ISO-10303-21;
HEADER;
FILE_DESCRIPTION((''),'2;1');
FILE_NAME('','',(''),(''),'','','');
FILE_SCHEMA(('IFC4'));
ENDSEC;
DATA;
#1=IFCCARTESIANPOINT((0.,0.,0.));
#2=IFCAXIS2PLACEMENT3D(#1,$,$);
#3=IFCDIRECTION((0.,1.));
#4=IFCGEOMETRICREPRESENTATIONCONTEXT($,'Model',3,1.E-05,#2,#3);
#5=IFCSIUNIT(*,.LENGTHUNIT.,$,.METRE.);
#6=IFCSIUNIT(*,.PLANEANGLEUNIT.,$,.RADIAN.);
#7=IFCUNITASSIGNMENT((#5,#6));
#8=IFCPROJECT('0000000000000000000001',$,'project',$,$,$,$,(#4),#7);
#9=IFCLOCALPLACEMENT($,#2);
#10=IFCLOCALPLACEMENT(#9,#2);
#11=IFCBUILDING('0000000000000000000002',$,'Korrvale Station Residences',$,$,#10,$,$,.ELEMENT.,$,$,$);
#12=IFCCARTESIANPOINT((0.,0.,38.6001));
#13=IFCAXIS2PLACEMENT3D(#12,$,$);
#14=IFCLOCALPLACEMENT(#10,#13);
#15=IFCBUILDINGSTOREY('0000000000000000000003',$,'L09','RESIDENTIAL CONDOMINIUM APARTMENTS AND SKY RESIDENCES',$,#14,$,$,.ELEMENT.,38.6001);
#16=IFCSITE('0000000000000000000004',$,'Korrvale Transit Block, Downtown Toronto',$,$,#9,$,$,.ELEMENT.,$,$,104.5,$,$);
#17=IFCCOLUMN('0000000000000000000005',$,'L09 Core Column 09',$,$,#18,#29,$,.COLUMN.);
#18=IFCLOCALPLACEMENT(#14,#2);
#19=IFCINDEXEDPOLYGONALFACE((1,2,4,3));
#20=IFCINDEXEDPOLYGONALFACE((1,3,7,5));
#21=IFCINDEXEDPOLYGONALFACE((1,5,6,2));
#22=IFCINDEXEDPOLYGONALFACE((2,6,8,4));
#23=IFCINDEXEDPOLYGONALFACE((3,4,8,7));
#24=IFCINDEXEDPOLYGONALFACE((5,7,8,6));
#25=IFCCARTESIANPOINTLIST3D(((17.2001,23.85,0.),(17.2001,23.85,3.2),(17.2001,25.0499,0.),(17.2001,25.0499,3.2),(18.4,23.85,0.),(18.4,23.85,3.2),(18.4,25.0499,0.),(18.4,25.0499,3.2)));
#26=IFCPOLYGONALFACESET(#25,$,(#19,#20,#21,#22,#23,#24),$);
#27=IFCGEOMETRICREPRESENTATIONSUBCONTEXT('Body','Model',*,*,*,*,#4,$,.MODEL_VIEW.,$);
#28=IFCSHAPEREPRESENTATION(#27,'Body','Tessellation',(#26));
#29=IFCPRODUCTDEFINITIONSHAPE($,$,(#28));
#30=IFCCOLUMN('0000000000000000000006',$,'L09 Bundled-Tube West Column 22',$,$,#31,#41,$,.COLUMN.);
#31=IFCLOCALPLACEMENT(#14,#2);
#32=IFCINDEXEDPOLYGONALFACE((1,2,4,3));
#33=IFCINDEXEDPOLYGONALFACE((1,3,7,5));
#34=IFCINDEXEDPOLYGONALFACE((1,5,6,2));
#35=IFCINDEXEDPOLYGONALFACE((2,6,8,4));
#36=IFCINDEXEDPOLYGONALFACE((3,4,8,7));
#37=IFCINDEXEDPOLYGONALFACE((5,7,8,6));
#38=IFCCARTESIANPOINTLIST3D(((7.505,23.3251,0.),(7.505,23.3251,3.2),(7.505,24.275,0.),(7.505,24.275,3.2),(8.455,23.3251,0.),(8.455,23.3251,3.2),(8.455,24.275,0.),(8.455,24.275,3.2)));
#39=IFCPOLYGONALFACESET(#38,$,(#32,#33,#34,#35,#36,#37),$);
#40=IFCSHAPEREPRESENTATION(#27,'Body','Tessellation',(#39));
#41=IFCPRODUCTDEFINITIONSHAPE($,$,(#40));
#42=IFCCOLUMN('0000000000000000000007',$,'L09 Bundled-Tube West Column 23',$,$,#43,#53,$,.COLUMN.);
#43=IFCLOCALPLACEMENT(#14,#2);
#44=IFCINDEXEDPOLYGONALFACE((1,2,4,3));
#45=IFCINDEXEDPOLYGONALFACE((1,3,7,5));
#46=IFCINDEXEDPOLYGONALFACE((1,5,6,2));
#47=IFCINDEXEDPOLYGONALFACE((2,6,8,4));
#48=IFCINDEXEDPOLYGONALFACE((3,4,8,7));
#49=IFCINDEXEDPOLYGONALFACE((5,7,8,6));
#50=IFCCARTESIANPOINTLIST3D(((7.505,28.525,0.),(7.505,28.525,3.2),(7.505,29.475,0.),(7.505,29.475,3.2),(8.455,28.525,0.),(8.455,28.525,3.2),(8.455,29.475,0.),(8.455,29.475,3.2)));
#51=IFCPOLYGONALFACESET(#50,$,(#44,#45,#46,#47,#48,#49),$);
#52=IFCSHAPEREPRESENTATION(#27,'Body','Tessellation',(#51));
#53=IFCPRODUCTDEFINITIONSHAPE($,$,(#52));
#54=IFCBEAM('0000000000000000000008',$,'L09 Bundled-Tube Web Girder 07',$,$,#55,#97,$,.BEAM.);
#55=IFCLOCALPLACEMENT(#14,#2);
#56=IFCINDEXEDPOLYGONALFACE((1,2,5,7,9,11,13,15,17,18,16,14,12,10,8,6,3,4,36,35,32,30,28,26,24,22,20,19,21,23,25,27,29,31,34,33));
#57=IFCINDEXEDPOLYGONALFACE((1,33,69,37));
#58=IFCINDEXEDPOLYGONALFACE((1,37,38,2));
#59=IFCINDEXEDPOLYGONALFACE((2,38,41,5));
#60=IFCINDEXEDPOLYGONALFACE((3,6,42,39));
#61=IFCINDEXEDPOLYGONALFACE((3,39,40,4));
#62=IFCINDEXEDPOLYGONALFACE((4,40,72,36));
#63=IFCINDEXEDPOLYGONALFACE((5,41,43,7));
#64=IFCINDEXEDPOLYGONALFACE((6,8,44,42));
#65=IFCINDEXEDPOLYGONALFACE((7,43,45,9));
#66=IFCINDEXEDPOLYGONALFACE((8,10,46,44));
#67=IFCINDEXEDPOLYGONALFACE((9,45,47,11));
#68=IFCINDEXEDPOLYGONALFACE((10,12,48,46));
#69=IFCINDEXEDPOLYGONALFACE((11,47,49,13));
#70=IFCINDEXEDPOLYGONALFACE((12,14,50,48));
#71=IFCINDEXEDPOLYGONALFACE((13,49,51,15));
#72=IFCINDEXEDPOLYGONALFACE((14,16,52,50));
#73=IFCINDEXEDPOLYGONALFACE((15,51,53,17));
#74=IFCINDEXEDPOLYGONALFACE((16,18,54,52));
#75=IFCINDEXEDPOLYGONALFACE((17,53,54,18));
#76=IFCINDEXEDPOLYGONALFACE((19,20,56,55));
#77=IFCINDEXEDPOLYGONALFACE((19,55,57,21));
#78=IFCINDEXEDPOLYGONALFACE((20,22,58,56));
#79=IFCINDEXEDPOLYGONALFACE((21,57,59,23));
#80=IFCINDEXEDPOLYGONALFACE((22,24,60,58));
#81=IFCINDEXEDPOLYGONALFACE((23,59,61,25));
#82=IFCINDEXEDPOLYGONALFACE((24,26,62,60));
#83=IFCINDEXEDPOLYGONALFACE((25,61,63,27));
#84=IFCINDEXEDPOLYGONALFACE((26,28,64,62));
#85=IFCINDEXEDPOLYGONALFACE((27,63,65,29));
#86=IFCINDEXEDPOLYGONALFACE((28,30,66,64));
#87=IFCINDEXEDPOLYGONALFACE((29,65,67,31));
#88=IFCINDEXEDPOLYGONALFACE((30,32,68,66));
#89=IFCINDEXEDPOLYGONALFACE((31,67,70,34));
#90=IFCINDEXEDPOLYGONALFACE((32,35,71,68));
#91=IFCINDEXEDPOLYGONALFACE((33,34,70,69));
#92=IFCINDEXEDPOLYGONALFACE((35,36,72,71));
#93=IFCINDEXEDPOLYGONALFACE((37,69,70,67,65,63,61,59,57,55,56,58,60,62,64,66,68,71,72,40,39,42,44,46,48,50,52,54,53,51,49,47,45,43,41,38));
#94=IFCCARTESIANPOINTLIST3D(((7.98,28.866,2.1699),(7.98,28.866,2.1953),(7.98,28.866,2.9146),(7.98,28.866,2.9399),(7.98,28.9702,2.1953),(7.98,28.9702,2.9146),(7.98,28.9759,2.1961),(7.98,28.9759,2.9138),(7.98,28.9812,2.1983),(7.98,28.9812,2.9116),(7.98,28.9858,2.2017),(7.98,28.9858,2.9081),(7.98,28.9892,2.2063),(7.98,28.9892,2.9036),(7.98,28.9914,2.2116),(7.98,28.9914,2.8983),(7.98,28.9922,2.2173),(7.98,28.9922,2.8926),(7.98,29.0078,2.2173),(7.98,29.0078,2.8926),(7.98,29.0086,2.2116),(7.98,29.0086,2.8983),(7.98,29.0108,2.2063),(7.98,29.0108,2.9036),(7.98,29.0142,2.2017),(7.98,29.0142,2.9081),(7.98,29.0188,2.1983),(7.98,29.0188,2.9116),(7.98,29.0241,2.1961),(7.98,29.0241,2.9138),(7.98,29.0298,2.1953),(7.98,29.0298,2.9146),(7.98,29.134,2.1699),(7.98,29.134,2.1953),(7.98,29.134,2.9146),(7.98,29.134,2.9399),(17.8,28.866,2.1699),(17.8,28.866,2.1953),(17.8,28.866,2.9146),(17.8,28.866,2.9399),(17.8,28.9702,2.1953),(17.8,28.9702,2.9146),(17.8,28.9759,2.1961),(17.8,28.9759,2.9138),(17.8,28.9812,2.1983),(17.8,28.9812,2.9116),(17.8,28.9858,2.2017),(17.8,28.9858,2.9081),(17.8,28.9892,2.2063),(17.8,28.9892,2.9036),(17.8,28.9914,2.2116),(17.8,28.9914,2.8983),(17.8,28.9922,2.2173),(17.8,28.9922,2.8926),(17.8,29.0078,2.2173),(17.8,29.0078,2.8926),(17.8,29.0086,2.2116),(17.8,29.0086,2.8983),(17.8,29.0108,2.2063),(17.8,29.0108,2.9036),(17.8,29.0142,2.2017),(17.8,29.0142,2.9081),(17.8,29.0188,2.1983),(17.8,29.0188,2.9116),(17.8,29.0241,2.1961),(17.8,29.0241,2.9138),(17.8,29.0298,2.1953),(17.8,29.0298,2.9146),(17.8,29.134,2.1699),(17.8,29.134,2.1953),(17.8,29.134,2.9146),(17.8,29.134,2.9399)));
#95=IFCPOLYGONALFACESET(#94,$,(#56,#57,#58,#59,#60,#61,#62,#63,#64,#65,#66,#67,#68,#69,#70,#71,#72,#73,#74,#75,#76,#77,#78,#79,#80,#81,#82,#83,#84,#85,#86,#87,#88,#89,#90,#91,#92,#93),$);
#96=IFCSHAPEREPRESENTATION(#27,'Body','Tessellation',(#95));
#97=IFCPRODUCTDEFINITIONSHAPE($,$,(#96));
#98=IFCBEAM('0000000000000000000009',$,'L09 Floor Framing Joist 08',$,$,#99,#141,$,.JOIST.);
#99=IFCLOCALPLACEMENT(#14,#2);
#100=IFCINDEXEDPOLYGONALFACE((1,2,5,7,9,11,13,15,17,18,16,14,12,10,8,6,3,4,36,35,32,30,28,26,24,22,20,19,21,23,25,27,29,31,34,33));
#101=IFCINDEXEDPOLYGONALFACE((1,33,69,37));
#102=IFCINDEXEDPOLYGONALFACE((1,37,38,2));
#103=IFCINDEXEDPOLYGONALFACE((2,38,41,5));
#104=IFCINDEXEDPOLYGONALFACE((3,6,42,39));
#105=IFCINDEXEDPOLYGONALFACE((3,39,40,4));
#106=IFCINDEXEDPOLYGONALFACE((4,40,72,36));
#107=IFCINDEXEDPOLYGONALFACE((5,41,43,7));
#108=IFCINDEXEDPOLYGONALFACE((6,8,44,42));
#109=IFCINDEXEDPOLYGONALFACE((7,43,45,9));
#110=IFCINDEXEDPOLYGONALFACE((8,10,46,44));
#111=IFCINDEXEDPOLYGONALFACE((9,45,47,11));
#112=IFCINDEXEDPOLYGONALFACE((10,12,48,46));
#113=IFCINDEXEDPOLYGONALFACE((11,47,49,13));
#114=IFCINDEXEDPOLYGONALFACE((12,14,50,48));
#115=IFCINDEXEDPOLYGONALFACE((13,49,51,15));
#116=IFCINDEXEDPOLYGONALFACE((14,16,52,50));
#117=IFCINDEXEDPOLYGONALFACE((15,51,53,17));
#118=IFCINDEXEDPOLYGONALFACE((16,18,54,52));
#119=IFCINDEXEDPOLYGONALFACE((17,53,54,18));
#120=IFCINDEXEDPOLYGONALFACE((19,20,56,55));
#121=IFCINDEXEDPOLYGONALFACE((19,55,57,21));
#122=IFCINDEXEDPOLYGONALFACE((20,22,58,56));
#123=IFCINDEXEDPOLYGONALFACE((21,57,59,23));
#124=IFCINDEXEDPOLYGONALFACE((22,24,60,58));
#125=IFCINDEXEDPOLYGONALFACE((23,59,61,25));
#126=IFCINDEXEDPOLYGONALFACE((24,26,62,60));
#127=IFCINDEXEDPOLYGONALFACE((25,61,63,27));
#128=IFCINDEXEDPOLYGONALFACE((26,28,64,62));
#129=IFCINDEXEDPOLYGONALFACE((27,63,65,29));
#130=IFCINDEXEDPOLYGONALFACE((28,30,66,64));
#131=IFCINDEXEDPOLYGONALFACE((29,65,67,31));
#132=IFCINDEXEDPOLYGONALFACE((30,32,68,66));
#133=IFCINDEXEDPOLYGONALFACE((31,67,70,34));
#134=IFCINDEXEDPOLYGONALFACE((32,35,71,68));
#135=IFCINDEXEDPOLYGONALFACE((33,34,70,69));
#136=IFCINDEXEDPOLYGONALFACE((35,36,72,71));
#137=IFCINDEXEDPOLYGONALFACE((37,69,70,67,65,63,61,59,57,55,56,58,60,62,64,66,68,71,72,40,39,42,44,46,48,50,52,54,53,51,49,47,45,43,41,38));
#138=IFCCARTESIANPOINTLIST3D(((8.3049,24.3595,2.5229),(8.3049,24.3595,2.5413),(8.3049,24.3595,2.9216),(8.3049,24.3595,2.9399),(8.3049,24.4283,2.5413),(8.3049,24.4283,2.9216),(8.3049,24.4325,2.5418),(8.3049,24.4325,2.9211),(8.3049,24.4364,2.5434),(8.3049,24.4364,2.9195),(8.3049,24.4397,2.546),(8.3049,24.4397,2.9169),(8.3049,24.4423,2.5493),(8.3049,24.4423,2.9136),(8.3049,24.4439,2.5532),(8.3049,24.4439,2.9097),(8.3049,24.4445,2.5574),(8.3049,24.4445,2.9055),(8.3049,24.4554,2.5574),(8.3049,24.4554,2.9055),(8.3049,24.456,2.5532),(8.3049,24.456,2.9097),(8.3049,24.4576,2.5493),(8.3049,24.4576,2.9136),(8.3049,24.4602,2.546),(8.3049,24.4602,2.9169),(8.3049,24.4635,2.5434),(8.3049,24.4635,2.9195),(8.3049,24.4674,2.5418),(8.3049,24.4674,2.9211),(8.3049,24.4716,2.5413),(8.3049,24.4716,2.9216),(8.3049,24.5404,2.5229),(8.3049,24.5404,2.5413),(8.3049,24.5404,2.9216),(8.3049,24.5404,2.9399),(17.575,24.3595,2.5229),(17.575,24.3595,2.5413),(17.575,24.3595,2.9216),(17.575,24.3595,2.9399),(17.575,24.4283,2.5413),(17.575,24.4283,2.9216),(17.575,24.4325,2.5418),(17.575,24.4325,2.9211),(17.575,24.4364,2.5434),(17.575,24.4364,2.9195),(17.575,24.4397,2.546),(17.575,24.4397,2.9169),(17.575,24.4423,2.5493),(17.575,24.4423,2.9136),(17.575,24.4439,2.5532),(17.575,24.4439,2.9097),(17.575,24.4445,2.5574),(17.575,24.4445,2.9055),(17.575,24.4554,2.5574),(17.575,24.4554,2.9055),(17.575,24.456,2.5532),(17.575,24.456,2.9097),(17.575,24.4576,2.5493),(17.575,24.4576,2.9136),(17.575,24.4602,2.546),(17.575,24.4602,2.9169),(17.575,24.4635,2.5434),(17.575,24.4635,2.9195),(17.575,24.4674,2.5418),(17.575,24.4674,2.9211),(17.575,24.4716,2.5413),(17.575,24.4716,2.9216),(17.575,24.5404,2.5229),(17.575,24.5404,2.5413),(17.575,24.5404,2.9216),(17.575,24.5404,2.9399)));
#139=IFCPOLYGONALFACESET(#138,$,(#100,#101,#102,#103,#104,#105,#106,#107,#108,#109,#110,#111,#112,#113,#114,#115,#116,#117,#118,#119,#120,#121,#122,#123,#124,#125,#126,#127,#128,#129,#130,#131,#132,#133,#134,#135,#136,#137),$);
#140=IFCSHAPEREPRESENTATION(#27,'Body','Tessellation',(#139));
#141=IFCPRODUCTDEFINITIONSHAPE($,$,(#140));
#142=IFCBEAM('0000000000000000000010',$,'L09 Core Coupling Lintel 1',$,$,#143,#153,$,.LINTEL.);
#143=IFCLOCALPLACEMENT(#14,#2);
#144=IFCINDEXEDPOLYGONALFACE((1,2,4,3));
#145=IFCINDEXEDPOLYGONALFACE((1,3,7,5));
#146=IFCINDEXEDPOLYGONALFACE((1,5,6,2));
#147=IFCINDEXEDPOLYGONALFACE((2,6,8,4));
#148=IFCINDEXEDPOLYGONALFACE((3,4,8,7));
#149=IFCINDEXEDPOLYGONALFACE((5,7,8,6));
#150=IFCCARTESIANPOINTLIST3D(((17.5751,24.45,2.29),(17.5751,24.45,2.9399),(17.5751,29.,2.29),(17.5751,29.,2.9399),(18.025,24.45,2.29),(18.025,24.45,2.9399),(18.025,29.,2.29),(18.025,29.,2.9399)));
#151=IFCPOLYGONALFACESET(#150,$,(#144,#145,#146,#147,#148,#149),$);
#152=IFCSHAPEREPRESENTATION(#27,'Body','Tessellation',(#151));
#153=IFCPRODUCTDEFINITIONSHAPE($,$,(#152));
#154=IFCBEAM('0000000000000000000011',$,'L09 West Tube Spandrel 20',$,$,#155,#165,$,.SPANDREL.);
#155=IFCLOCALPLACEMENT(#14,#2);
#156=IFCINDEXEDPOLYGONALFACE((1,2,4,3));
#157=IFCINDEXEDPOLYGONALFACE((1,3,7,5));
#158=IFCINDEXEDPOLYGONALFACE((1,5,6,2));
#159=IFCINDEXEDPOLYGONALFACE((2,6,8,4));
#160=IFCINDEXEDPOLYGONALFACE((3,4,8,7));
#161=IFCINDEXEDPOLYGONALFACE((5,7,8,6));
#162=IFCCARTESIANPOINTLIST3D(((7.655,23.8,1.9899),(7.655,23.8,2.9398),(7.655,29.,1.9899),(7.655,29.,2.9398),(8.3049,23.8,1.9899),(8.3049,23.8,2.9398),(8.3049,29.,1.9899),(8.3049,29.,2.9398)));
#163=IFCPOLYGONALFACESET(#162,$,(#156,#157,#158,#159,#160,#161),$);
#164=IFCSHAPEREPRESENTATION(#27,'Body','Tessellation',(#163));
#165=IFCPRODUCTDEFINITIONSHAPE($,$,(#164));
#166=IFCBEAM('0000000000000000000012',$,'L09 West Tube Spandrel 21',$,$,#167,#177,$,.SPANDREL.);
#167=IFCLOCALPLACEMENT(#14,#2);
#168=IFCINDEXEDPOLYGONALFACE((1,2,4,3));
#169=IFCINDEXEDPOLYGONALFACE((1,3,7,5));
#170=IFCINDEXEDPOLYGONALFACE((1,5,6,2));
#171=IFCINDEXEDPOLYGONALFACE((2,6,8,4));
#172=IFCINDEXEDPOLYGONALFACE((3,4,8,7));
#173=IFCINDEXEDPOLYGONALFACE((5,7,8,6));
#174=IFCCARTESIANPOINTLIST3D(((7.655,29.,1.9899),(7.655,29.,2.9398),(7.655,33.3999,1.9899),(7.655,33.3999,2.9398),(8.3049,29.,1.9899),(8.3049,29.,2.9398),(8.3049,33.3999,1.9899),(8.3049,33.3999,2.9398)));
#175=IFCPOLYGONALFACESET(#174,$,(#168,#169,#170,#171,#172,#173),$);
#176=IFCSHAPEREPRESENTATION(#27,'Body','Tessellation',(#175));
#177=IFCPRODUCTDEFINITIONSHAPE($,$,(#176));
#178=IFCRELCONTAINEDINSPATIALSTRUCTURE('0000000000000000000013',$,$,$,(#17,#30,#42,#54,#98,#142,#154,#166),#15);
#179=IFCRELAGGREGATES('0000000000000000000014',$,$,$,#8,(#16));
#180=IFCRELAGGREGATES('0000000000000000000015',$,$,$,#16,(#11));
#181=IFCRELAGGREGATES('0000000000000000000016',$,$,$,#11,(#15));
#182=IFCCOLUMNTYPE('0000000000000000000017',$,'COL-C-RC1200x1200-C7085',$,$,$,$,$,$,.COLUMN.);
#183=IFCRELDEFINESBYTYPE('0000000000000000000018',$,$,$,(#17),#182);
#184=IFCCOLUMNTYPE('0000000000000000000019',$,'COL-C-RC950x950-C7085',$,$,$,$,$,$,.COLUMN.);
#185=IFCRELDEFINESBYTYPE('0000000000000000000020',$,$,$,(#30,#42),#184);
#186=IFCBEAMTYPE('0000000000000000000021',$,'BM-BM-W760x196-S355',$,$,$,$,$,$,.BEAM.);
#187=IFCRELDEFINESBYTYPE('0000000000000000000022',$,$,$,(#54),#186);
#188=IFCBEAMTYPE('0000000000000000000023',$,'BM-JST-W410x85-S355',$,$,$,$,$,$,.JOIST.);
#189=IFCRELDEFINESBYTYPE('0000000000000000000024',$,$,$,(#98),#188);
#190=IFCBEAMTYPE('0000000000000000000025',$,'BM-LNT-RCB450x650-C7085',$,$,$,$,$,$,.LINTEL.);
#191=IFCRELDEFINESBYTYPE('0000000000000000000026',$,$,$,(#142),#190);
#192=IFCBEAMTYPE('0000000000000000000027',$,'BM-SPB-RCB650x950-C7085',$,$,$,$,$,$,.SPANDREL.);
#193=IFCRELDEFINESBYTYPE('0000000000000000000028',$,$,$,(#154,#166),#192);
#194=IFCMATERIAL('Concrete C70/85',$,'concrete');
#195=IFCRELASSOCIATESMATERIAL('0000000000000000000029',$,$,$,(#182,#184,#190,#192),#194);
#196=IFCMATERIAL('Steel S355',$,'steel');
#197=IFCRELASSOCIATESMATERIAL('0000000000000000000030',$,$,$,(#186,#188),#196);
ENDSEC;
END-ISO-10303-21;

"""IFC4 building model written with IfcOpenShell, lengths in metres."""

from ifc_helpers import new_model, si_unit, direction, frame, origin, origin_2d, place, context, subcontext, project, spatial, rectangle, i_section, extrude, material, material_profile, profile_set, type_object, element, save


model = new_model("IFC4")

# Units and contexts
model_context = context("Model", 3, precision=1e-05, world=origin(), true_north=direction((0.0, 1.0)))
body_context = subcontext(model_context, "Body", "Model", "MODEL_VIEW")
ifc_project = project(units=[si_unit("LENGTHUNIT", "METRE"), si_unit("PLANEANGLEUNIT", "RADIAN")], contexts=[model_context])

# Site, building, storey
site_placement = place(None, origin())
site = spatial("IfcSite", under=ifc_project, at=site_placement, Name="Korrvale Transit Block, Downtown Toronto", CompositionType="ELEMENT", RefElevation=104.5)
building_placement = place(site_placement, origin())
building = spatial("IfcBuilding", under=site, at=building_placement, Name="Korrvale Station Residences", CompositionType="ELEMENT")
storey_placement = place(building_placement, frame((0.0, 0.0, 38.6001)))
storey = spatial("IfcBuildingStorey", under=building, at=storey_placement, Name="L09", Description="RESIDENTIAL CONDOMINIUM APARTMENTS AND SKY RESIDENCES", CompositionType="ELEMENT", Elevation=38.6001)

# Columns
ifc_material_1 = material(Name="Concrete C70/85", Category="concrete")
ifc_material_profile_1 = material_profile(ifc_material_1, rectangle(XDim=1.2, YDim=1.2, at=origin_2d()), Name="RC1200x1200")
ifc_profile_set_1 = profile_set([ifc_material_profile_1], Name="Concrete C70/85")
column_type_1 = type_object("IfcColumnType", Name="COL-C-RC1200x1200-C7085", PredefinedType="COLUMN", material=ifc_profile_set_1)
column_placement = place(storey_placement, frame((17.8, 24.45, 0.0), z_axis=(0.0, 0.0, 1.0), x_axis=(1.0, 0.0, 0.0)))
element("IfcColumn", 1, at=column_placement, inside=storey, type_object=column_type_1, Name="L09 Core Column 09", PredefinedType="COLUMN", context=body_context, shape_type="SweptSolid", body=[
    extrude(rectangle(XDim=1.2, YDim=1.2, at=origin_2d()), origin(), (0.0, 0.0, 1.0), 3.2),
])
ifc_material_profile_2 = material_profile(ifc_material_1, rectangle(XDim=0.95, YDim=0.95, at=origin_2d()), Name="RC950x950")
ifc_profile_set_2 = profile_set([ifc_material_profile_2], Name="Concrete C70/85")
column_type_2 = type_object("IfcColumnType", Name="COL-C-RC950x950-C7085", PredefinedType="COLUMN", material=ifc_profile_set_2)
for number, where, z_axis, x_axis, name in (
    (2, (7.98, 23.8, 0.0), (0.0, 0.0, 1.0), (1.0, 0.0, 0.0), "L09 Bundled-Tube West Column 22"),
    (3, (7.98, 29.0, 0.0), (0.0, 0.0, 1.0), (1.0, 0.0, 0.0), "L09 Bundled-Tube West Column 23"),
):
    element("IfcColumn", number, at=place(storey_placement, frame(where, z_axis=z_axis, x_axis=x_axis)), inside=storey, type_object=column_type_2, Name=name, PredefinedType="COLUMN", context=body_context, shape_type="SweptSolid", body=[
        extrude(rectangle(XDim=0.95, YDim=0.95, at=origin_2d()), origin(), (0.0, 0.0, 1.0), 3.2),
    ])

# Beams
ifc_material_2 = material(Name="Steel S355", Category="steel")
ifc_material_profile_3 = material_profile(ifc_material_2, i_section(OverallWidth=0.2681, OverallDepth=0.77, WebThickness=0.0156, FlangeThickness=0.0254, FilletRadius=0.022, at=origin_2d()), Name="W760x196")
ifc_profile_set_3 = profile_set([ifc_material_profile_3], Name="Steel S355")
beam_type_1 = type_object("IfcBeamType", Name="BM-BM-W760x196-S355", PredefinedType="BEAM", material=ifc_profile_set_3)
beam_1_placement = place(storey_placement, frame((7.98, 29.0, 2.5549), z_axis=(1.0, 0.0, 0.0), x_axis=(0.0, 1.0, 0.0)))
element("IfcBeam", 4, at=beam_1_placement, inside=storey, type_object=beam_type_1, Name="L09 Bundled-Tube Web Girder 07", PredefinedType="BEAM", context=body_context, shape_type="SweptSolid", body=[
    extrude(i_section(OverallWidth=0.2681, OverallDepth=0.77, WebThickness=0.0156, FlangeThickness=0.0254, FilletRadius=0.022, at=origin_2d()), origin(), (0.0, 0.0, 1.0), 9.8201),
])
ifc_material_profile_4 = material_profile(ifc_material_2, i_section(OverallWidth=0.1809, OverallDepth=0.417, WebThickness=0.011, FlangeThickness=0.0183, FilletRadius=0.0161, at=origin_2d()), Name="W410x85")
ifc_profile_set_4 = profile_set([ifc_material_profile_4], Name="Steel S355")
beam_type_2 = type_object("IfcBeamType", Name="BM-JST-W410x85-S355", PredefinedType="JOIST", material=ifc_profile_set_4)
beam_2_placement = place(storey_placement, frame((8.3049, 24.45, 2.7314), z_axis=(1.0, 0.0, 0.0), x_axis=(0.0, 1.0, 0.0)))
element("IfcBeam", 5, at=beam_2_placement, inside=storey, type_object=beam_type_2, Name="L09 Floor Framing Joist 08", PredefinedType="JOIST", context=body_context, shape_type="SweptSolid", body=[
    extrude(i_section(OverallWidth=0.1809, OverallDepth=0.417, WebThickness=0.011, FlangeThickness=0.0183, FilletRadius=0.0161, at=origin_2d()), origin(), (0.0, 0.0, 1.0), 9.27),
])
ifc_material_profile_5 = material_profile(ifc_material_1, rectangle(XDim=0.45, YDim=0.6499, at=origin_2d()), Name="RCB450x650")
ifc_profile_set_5 = profile_set([ifc_material_profile_5], Name="Concrete C70/85")
beam_type_3 = type_object("IfcBeamType", Name="BM-LNT-RCB450x650-C7085", PredefinedType="LINTEL", material=ifc_profile_set_5)
beam_3_placement = place(storey_placement, frame((17.8, 24.45, 2.615), z_axis=(0.0, 1.0, 0.0), x_axis=(-1.0, 0.0, 0.0)))
element("IfcBeam", 6, at=beam_3_placement, inside=storey, type_object=beam_type_3, Name="L09 Core Coupling Lintel 1", PredefinedType="LINTEL", context=body_context, shape_type="SweptSolid", body=[
    extrude(rectangle(XDim=0.45, YDim=0.6499, at=origin_2d()), origin(), (0.0, 0.0, 1.0), 4.55),
])
ifc_material_profile_6 = material_profile(ifc_material_1, rectangle(XDim=0.6499, YDim=0.95, at=origin_2d()), Name="RCB650x950")
ifc_profile_set_6 = profile_set([ifc_material_profile_6], Name="Concrete C70/85")
beam_type_4 = type_object("IfcBeamType", Name="BM-SPB-RCB650x950-C7085", PredefinedType="SPANDREL", material=ifc_profile_set_6)
beam_4_placement = place(storey_placement, frame((7.98, 23.8, 2.4648), z_axis=(0.0, 1.0, 0.0), x_axis=(-1.0, 0.0, 0.0)))
element("IfcBeam", 7, at=beam_4_placement, inside=storey, type_object=beam_type_4, Name="L09 West Tube Spandrel 20", PredefinedType="SPANDREL", context=body_context, shape_type="SweptSolid", body=[
    extrude(rectangle(XDim=0.6499, YDim=0.95, at=origin_2d()), origin(), (0.0, 0.0, 1.0), 5.2),
])
beam_5_placement = place(storey_placement, frame((7.98, 29.0, 2.4648), z_axis=(0.0, 1.0, 0.0), x_axis=(-1.0, 0.0, 0.0)))
element("IfcBeam", 8, at=beam_5_placement, inside=storey, type_object=beam_type_4, Name="L09 West Tube Spandrel 21", PredefinedType="SPANDREL", context=body_context, shape_type="SweptSolid", body=[
    extrude(rectangle(XDim=0.6499, YDim=0.95, at=origin_2d()), origin(), (0.0, 0.0, 1.0), 4.3999),
])

save(model, "model.ifc")
